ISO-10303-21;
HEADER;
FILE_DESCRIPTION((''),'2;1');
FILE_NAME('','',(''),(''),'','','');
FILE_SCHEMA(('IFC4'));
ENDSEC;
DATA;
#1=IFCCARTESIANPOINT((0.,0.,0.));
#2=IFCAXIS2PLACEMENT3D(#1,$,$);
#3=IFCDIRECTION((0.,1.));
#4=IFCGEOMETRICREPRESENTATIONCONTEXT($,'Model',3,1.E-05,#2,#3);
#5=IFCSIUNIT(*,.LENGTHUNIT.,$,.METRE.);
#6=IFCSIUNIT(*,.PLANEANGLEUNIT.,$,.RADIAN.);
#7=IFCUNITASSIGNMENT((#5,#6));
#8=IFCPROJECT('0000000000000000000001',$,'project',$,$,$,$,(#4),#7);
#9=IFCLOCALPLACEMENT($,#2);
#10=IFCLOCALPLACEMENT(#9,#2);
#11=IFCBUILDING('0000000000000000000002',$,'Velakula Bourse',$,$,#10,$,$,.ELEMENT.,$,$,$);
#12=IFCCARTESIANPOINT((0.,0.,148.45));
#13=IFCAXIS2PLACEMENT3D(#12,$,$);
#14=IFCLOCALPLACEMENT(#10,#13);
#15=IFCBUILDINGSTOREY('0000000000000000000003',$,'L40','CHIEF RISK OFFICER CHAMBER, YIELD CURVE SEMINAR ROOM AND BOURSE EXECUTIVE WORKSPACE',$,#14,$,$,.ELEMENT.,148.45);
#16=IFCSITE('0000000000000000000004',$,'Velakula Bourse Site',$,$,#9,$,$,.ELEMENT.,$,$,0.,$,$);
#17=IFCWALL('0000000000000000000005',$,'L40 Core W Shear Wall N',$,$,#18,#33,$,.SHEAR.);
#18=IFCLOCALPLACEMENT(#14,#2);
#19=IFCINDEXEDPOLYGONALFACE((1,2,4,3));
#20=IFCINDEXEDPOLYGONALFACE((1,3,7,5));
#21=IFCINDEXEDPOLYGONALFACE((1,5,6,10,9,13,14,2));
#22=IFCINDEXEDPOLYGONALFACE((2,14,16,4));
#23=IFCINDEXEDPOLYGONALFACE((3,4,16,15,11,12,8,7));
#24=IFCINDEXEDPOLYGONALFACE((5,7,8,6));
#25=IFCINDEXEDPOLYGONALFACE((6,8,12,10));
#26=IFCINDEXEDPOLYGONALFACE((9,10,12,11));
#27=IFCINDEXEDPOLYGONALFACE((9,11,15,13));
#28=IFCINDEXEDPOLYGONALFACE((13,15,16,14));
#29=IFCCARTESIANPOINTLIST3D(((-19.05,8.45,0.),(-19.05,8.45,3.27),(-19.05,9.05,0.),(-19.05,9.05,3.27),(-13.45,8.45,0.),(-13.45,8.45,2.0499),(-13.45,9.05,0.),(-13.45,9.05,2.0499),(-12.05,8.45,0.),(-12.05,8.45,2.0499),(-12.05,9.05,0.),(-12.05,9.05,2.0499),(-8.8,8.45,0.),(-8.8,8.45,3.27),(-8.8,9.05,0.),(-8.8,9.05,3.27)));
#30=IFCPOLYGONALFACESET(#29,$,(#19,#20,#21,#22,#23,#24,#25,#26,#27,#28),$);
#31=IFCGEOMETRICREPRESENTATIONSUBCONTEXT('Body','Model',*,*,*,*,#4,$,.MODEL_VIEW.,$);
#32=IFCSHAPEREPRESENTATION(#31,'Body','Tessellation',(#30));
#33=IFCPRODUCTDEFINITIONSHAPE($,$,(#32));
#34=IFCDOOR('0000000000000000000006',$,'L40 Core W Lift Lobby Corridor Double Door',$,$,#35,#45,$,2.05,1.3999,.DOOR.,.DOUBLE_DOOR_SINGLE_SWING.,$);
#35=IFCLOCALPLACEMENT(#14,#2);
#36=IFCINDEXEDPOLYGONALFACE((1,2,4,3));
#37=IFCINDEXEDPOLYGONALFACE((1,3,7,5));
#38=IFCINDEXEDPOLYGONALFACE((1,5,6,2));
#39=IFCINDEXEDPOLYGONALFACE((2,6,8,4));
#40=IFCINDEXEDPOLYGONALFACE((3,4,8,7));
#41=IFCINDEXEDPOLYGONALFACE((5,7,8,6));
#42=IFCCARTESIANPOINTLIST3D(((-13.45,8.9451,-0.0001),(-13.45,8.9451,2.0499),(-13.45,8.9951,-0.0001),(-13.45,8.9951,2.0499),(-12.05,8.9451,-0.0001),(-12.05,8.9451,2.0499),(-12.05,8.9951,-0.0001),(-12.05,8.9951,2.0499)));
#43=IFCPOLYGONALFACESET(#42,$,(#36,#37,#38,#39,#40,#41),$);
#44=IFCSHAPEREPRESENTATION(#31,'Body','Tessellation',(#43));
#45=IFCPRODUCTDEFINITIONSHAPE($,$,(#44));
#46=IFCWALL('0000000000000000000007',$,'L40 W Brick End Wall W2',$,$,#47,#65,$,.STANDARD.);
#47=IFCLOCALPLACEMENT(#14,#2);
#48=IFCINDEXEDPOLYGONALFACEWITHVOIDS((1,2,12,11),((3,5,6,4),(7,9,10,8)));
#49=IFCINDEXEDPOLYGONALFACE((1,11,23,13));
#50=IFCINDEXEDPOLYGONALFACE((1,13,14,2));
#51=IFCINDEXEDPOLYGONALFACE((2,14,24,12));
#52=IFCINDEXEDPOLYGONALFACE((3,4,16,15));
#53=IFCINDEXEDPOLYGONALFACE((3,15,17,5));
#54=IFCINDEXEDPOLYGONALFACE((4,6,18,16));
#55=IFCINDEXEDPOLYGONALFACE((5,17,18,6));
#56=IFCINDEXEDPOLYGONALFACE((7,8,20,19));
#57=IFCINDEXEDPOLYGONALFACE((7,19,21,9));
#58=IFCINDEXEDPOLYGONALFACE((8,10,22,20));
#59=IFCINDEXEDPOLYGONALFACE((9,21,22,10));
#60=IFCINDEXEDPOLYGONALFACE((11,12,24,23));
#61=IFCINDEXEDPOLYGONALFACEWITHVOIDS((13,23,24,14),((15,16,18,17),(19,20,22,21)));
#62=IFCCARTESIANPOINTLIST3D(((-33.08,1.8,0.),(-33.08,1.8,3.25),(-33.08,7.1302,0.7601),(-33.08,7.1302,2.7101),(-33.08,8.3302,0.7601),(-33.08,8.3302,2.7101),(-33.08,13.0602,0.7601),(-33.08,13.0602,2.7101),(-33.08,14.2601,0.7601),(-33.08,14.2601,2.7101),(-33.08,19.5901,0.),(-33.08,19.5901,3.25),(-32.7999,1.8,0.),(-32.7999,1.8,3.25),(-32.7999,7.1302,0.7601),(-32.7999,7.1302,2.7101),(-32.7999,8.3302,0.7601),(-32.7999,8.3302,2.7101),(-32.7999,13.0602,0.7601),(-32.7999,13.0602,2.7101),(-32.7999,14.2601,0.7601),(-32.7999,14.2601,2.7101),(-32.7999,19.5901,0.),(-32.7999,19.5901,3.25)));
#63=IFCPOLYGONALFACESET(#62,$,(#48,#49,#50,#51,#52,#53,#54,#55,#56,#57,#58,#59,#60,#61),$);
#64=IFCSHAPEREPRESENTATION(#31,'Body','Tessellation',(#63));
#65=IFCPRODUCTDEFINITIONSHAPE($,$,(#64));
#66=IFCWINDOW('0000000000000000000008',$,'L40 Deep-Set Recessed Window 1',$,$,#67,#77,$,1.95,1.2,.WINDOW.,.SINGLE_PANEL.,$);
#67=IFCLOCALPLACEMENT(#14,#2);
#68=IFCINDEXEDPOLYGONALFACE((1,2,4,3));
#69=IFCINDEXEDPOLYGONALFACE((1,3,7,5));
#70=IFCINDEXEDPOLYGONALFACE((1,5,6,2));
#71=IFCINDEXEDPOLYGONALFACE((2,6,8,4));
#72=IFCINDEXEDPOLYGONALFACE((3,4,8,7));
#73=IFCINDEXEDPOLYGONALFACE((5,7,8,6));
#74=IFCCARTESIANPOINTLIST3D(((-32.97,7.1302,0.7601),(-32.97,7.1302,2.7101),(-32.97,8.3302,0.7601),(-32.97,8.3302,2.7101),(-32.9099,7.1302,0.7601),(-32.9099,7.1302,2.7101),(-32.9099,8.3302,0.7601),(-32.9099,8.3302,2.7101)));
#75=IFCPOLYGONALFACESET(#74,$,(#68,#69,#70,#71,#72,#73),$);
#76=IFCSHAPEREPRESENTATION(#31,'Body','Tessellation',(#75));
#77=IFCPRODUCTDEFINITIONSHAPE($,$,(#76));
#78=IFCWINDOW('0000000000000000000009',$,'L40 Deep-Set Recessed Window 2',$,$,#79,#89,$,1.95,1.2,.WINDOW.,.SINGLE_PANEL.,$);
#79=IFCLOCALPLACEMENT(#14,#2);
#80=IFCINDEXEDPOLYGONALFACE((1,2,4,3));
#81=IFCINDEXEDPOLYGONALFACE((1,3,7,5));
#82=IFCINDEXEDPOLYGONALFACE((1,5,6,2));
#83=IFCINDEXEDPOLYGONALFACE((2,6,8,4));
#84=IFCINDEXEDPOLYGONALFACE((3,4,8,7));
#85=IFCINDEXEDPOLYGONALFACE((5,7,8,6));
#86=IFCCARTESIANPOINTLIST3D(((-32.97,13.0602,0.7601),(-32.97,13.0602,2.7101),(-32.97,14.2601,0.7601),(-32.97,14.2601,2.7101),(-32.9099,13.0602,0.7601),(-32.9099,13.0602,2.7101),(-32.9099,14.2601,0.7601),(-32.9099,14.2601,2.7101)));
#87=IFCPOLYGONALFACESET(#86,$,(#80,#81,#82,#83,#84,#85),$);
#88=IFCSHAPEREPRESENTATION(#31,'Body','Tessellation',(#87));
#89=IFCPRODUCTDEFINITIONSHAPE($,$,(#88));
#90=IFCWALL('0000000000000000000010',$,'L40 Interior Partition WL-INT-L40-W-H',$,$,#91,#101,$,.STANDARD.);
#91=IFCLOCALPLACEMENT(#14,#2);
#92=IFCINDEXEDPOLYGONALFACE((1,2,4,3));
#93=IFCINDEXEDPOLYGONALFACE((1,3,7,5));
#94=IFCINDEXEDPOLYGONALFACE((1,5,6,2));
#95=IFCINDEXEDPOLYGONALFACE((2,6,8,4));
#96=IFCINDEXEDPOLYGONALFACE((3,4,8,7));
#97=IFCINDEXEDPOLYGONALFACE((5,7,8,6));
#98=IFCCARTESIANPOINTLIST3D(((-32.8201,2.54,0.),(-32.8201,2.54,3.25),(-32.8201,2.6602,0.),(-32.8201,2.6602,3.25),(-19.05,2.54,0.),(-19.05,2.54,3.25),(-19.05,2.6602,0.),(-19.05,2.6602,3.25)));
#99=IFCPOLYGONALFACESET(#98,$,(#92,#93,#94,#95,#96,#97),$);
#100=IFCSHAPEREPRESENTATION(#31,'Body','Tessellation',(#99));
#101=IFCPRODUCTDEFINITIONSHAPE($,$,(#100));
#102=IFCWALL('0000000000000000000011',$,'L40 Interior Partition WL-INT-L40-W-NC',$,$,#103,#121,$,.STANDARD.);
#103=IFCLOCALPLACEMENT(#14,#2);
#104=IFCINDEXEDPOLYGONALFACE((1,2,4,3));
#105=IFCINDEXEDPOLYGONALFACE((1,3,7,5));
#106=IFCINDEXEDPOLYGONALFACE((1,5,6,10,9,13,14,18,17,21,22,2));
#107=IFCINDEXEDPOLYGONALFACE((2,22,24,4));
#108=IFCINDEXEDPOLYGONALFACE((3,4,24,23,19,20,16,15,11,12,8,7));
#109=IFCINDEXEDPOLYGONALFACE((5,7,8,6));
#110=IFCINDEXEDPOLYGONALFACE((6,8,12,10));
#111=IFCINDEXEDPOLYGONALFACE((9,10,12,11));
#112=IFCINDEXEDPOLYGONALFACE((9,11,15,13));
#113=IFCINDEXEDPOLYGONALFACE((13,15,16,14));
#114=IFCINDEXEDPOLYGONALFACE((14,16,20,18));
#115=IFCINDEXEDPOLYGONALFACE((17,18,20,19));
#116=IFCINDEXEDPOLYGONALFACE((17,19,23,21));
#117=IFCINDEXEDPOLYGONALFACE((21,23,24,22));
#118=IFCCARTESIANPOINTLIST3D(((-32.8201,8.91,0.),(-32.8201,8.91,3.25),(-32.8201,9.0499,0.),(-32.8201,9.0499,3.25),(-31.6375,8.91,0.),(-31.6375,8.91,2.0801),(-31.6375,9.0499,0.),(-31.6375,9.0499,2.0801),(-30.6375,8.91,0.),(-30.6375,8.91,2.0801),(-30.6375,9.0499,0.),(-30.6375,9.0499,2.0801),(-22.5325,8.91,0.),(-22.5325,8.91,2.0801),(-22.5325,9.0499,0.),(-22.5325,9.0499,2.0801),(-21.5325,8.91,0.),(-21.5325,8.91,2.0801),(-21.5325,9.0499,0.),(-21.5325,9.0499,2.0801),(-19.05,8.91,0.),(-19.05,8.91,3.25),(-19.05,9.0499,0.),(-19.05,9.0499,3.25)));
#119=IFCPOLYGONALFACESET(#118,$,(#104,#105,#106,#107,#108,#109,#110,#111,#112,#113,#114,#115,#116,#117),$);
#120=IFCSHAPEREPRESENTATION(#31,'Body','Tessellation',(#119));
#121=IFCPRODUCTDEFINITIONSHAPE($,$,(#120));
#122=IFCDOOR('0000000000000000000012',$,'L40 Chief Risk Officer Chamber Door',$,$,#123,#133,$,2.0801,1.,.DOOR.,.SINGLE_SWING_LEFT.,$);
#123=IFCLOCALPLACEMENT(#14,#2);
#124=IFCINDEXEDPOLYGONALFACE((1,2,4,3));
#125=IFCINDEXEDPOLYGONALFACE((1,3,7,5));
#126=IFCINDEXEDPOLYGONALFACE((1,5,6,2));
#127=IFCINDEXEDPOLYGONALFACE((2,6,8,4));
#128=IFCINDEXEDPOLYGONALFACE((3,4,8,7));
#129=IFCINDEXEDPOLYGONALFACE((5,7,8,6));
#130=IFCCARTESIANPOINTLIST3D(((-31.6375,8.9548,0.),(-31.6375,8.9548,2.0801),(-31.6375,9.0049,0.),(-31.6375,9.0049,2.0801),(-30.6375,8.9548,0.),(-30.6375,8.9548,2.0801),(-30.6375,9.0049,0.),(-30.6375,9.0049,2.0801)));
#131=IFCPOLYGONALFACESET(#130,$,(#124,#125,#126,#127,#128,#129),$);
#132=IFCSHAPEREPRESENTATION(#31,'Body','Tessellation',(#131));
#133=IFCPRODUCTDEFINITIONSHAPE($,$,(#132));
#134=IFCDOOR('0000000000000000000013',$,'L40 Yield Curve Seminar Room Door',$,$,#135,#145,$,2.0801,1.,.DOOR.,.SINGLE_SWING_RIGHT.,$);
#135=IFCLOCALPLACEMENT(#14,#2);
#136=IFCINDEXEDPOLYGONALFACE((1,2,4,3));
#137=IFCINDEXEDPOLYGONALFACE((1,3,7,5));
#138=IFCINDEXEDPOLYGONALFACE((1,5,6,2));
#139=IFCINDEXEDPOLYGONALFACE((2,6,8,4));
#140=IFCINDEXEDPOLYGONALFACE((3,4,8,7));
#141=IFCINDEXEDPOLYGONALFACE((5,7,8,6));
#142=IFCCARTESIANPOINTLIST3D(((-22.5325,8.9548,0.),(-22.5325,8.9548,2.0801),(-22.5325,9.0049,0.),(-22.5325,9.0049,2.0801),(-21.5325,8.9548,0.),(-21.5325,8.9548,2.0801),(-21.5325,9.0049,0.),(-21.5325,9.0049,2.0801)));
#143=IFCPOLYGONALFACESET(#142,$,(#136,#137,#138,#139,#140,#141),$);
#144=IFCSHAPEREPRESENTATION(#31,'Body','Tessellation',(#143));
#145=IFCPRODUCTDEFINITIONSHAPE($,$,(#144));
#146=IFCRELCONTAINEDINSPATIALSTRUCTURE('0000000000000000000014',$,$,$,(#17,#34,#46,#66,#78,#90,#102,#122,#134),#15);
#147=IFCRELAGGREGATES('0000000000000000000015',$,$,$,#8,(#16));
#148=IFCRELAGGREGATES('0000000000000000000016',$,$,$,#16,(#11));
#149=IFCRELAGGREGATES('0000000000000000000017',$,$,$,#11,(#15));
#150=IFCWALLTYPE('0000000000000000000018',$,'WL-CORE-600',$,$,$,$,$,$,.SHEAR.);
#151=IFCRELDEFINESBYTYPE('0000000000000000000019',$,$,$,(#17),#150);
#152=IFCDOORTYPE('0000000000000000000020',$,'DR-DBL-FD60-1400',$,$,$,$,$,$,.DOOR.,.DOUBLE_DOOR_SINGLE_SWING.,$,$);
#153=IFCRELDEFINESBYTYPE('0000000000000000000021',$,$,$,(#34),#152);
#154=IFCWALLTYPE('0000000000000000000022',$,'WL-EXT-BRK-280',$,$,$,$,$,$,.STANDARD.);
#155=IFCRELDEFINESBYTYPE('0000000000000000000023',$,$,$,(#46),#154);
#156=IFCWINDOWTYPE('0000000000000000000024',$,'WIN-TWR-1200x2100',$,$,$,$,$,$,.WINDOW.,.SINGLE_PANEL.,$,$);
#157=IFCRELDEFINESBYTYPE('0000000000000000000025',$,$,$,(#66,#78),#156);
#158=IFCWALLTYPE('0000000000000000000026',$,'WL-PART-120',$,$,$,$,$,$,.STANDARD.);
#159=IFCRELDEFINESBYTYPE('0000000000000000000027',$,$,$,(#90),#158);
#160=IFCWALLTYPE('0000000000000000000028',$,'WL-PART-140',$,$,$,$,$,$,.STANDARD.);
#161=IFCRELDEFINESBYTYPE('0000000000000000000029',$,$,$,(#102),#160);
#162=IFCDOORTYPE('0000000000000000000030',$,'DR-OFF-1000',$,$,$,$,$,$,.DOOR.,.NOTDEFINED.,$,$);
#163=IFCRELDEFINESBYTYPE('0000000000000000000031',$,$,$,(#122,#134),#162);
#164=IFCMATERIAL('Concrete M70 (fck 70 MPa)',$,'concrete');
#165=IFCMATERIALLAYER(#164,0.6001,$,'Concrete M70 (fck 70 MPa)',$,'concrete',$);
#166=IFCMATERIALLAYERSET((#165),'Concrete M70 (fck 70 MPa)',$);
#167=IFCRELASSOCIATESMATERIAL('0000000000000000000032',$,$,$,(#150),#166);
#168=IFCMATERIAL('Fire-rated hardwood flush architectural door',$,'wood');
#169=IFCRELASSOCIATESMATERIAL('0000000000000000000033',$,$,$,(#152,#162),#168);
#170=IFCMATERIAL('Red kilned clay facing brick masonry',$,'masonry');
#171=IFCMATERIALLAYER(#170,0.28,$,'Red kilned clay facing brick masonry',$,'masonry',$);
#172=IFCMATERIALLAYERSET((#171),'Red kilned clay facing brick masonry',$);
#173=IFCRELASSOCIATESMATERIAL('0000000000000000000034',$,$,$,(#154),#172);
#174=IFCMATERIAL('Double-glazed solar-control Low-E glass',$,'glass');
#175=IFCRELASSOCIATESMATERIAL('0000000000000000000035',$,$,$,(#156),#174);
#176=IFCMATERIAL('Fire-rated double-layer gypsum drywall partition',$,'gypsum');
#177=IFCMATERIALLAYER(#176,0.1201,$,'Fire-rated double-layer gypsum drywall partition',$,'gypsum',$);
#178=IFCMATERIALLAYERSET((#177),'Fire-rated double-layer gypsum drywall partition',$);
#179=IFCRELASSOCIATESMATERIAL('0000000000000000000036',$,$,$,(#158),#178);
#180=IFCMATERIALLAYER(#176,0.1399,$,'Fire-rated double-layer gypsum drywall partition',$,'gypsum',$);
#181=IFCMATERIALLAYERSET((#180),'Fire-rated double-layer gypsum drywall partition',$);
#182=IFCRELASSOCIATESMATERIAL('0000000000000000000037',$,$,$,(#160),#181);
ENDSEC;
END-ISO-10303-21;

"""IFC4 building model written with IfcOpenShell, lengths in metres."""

from ifc_helpers import new_model, si_unit, direction, frame, frame_2d, origin, place, context, subcontext, project, spatial, rectangle, extrude, material, layer, layer_set, type_object, element, fill, save


model = new_model("IFC4")

# Units and contexts
model_context = context("Model", 3, precision=1e-05, world=origin(), true_north=direction((0.0, 1.0)))
body_context = subcontext(model_context, "Body", "Model", "MODEL_VIEW")
ifc_project = project(units=[si_unit("LENGTHUNIT", "METRE"), si_unit("PLANEANGLEUNIT", "RADIAN")], contexts=[model_context])

# Site, building, storey
site_placement = place(None, origin())
site = spatial("IfcSite", under=ifc_project, at=site_placement, Name="Velakula Bourse Site", CompositionType="ELEMENT", RefElevation=0.0)
building_placement = place(site_placement, origin())
building = spatial("IfcBuilding", under=site, at=building_placement, Name="Velakula Bourse", CompositionType="ELEMENT")
storey_placement = place(building_placement, frame((0.0, 0.0, 148.45)))
storey = spatial("IfcBuildingStorey", under=building, at=storey_placement, Name="L40", Description="CHIEF RISK OFFICER CHAMBER, YIELD CURVE SEMINAR ROOM AND BOURSE EXECUTIVE WORKSPACE", CompositionType="ELEMENT", Elevation=148.45)

# Shared definitions
ifc_material_1 = material(Name="Concrete M70 (fck 70 MPa)", Category="concrete")

# Wall, opening, door
ifc_layer_1 = layer(ifc_material_1, 0.6001, Name="Concrete M70 (fck 70 MPa)", Category="concrete")
ifc_layer_set_1 = layer_set([ifc_layer_1], Name="Concrete M70 (fck 70 MPa)")
wall_type_1 = type_object("IfcWallType", Name="WL-CORE-600", PredefinedType="SHEAR", material=ifc_layer_set_1)
wall_1_placement = place(storey_placement, frame((-19.05, 8.75, 0.0), z_axis=(0.0, 0.0, 1.0), x_axis=(1.0, 0.0, 0.0)))
wall_1 = element("IfcWall", 1, at=wall_1_placement, inside=storey, type_object=wall_type_1, Name="L40 Core W Shear Wall N", PredefinedType="SHEAR", context=body_context, shape_type="SweptSolid", body=[
    extrude(rectangle(XDim=10.25, YDim=0.6001, at=frame_2d((5.125, 0.0))), origin(), (0.0, 0.0, 1.0), 3.27),
])
opening_1_placement = place(wall_1_placement, frame((5.6001, 0.0, 0.0)))
opening_1 = element("IfcOpeningElement", 2, at=opening_1_placement, cuts=wall_1, PredefinedType="OPENING", context=body_context, shape_type="SweptSolid", body=[
    extrude(rectangle(XDim=1.3999, YDim=2.05, at=frame_2d((0.7, 1.0249))), frame((0.0, 0.3101, 0.0), z_axis=(0.0, -1.0, 0.0), x_axis=(1.0, 0.0, 0.0)), (0.0, 0.0, 1.0), 0.6201),
])
ifc_material_2 = material(Name="Fire-rated hardwood flush architectural door", Category="wood")
door_type_1 = type_object("IfcDoorType", Name="DR-DBL-FD60-1400", OperationType="DOUBLE_DOOR_SINGLE_SWING", PredefinedType="DOOR", material=ifc_material_2)
door_1_placement = place(opening_1_placement, origin())
door_1 = element("IfcDoor", 3, at=door_1_placement, inside=storey, type_object=door_type_1, Name="L40 Core W Lift Lobby Corridor Double Door", OperationType="DOUBLE_DOOR_SINGLE_SWING", OverallHeight=2.05, OverallWidth=1.3999, PredefinedType="DOOR", context=body_context, shape_type="SweptSolid", body=[
    extrude(rectangle(XDim=1.3999, YDim=2.05, at=frame_2d((0.7, 1.0249))), frame((0.0, 0.2451, 0.0), z_axis=(0.0, -1.0, 0.0), x_axis=(1.0, 0.0, 0.0)), (0.0, 0.0, 1.0), 0.05),
])
fill(opening_1, door_1)

# Wall, openings, windows
ifc_material_3 = material(Name="Red kilned clay facing brick masonry", Category="masonry")
ifc_layer_2 = layer(ifc_material_3, 0.28, Name="Red kilned clay facing brick masonry", Category="masonry")
ifc_layer_set_2 = layer_set([ifc_layer_2], Name="Red kilned clay facing brick masonry")
wall_type_2 = type_object("IfcWallType", Name="WL-EXT-BRK-280", PredefinedType="STANDARD", material=ifc_layer_set_2)
wall_2_placement = place(storey_placement, frame((-32.9399, 1.8, 0.0), z_axis=(0.0, 0.0, 1.0), x_axis=(0.0, 1.0, 0.0)))
wall_2 = element("IfcWall", 4, at=wall_2_placement, inside=storey, type_object=wall_type_2, Name="L40 W Brick End Wall W2", PredefinedType="STANDARD", context=body_context, shape_type="SweptSolid", body=[
    extrude(rectangle(XDim=17.79, YDim=0.28, at=frame_2d((8.895, 0.0))), origin(), (0.0, 0.0, 1.0), 3.25),
])
opening_2_placement = place(wall_2_placement, frame((5.3301, 0.0, 0.76)))
opening_2 = element("IfcOpeningElement", 5, at=opening_2_placement, cuts=wall_2, PredefinedType="OPENING", context=body_context, shape_type="SweptSolid", body=[
    extrude(rectangle(XDim=1.2, YDim=1.95, at=frame_2d((0.6001, 0.9751))), frame((0.0, 0.1499, 0.0), z_axis=(0.0, -1.0, 0.0), x_axis=(1.0, 0.0, 0.0)), (0.0, 0.0, 1.0), 0.3),
])
opening_3_placement = place(wall_2_placement, frame((11.26, 0.0, 0.76)))
opening_3 = element("IfcOpeningElement", 6, at=opening_3_placement, cuts=wall_2, PredefinedType="OPENING", context=body_context, shape_type="SweptSolid", body=[
    extrude(rectangle(XDim=1.2, YDim=1.95, at=frame_2d((0.6001, 0.9751))), frame((0.0, 0.1499, 0.0), z_axis=(0.0, -1.0, 0.0), x_axis=(1.0, 0.0, 0.0)), (0.0, 0.0, 1.0), 0.3),
])
ifc_material_4 = material(Name="Double-glazed solar-control Low-E glass", Category="glass")
window_type = type_object("IfcWindowType", Name="WIN-TWR-1200x2100", PartitioningType="SINGLE_PANEL", PredefinedType="WINDOW", material=ifc_material_4)
window_1_placement = place(opening_2_placement, origin())
window_1 = element("IfcWindow", 7, at=window_1_placement, inside=storey, type_object=window_type, Name="L40 Deep-Set Recessed Window 1", OverallHeight=1.95, OverallWidth=1.2, PartitioningType="SINGLE_PANEL", PredefinedType="WINDOW", context=body_context, shape_type="SweptSolid", body=[
    extrude(rectangle(XDim=1.2, YDim=1.95, at=frame_2d((0.6001, 0.9751))), frame((0.0, 0.03, 0.0), z_axis=(0.0, -1.0, 0.0), x_axis=(1.0, 0.0, 0.0)), (0.0, 0.0, 1.0), 0.0601),
])
fill(opening_2, window_1)
window_2_placement = place(opening_3_placement, origin())
window_2 = element("IfcWindow", 8, at=window_2_placement, inside=storey, type_object=window_type, Name="L40 Deep-Set Recessed Window 2", OverallHeight=1.95, OverallWidth=1.2, PartitioningType="SINGLE_PANEL", PredefinedType="WINDOW", context=body_context, shape_type="SweptSolid", body=[
    extrude(rectangle(XDim=1.2, YDim=1.95, at=frame_2d((0.6001, 0.9751))), frame((0.0, 0.03, 0.0), z_axis=(0.0, -1.0, 0.0), x_axis=(1.0, 0.0, 0.0)), (0.0, 0.0, 1.0), 0.0601),
])
fill(opening_3, window_2)

# Wall
ifc_material_5 = material(Name="Fire-rated double-layer gypsum drywall partition", Category="gypsum")
ifc_layer_3 = layer(ifc_material_5, 0.1201, Name="Fire-rated double-layer gypsum drywall partition", Category="gypsum")
ifc_layer_set_3 = layer_set([ifc_layer_3], Name="Fire-rated double-layer gypsum drywall partition")
wall_type_3 = type_object("IfcWallType", Name="WL-PART-120", PredefinedType="STANDARD", material=ifc_layer_set_3)
wall_3_placement = place(storey_placement, frame((-32.8201, 2.6001, 0.0), z_axis=(0.0, 0.0, 1.0), x_axis=(1.0, 0.0, 0.0)))
element("IfcWall", 9, at=wall_3_placement, inside=storey, type_object=wall_type_3, Name="L40 Interior Partition WL-INT-L40-W-H", PredefinedType="STANDARD", context=body_context, shape_type="SweptSolid", body=[
    extrude(rectangle(XDim=13.77, YDim=0.1201, at=frame_2d((6.885, 0.0))), origin(), (0.0, 0.0, 1.0), 3.25),
])

# Wall, openings, doors
ifc_layer_4 = layer(ifc_material_5, 0.1399, Name="Fire-rated double-layer gypsum drywall partition", Category="gypsum")
ifc_layer_set_4 = layer_set([ifc_layer_4], Name="Fire-rated double-layer gypsum drywall partition")
wall_type_4 = type_object("IfcWallType", Name="WL-PART-140", PredefinedType="STANDARD", material=ifc_layer_set_4)
wall_4_placement = place(storey_placement, frame((-32.8201, 8.98, 0.0), z_axis=(0.0, 0.0, 1.0), x_axis=(1.0, 0.0, 0.0)))
wall_4 = element("IfcWall", 10, at=wall_4_placement, inside=storey, type_object=wall_type_4, Name="L40 Interior Partition WL-INT-L40-W-NC", PredefinedType="STANDARD", context=body_context, shape_type="SweptSolid", body=[
    extrude(rectangle(XDim=13.77, YDim=0.1399, at=frame_2d((6.885, 0.0))), origin(), (0.0, 0.0, 1.0), 3.25),
])
opening_4_placement = place(wall_4_placement, frame((1.1826, 0.0, 0.0)))
opening_4 = element("IfcOpeningElement", 11, at=opening_4_placement, cuts=wall_4, PredefinedType="OPENING", context=body_context, shape_type="SweptSolid", body=[
    extrude(rectangle(XDim=1.0, YDim=2.0801, at=frame_2d((0.5, 1.04))), frame((0.0, 0.0798, 0.0), z_axis=(0.0, -1.0, 0.0), x_axis=(1.0, 0.0, 0.0)), (0.0, 0.0, 1.0), 0.1599),
])
opening_5_placement = place(wall_4_placement, frame((10.2876, 0.0, 0.0)))
opening_5 = element("IfcOpeningElement", 12, at=opening_5_placement, cuts=wall_4, PredefinedType="OPENING", context=body_context, shape_type="SweptSolid", body=[
    extrude(rectangle(XDim=1.0, YDim=2.0801, at=frame_2d((0.5, 1.04))), frame((0.0, 0.0798, 0.0), z_axis=(0.0, -1.0, 0.0), x_axis=(1.0, 0.0, 0.0)), (0.0, 0.0, 1.0), 0.1599),
])
door_type_2 = type_object("IfcDoorType", Name="DR-OFF-1000", OperationType="NOTDEFINED", PredefinedType="DOOR", material=ifc_material_2)
door_2_placement = place(opening_4_placement, origin())
door_2 = element("IfcDoor", 13, at=door_2_placement, inside=storey, type_object=door_type_2, Name="L40 Chief Risk Officer Chamber Door", OperationType="SINGLE_SWING_LEFT", OverallHeight=2.0801, OverallWidth=1.0, PredefinedType="DOOR", context=body_context, shape_type="SweptSolid", body=[
    extrude(rectangle(XDim=1.0, YDim=2.0801, at=frame_2d((0.5, 1.04))), frame((0.0, 0.0249, 0.0), z_axis=(0.0, -1.0, 0.0), x_axis=(1.0, 0.0, 0.0)), (0.0, 0.0, 1.0), 0.05),
])
fill(opening_4, door_2)
door_3_placement = place(opening_5_placement, origin())
door_3 = element("IfcDoor", 14, at=door_3_placement, inside=storey, type_object=door_type_2, Name="L40 Yield Curve Seminar Room Door", OperationType="SINGLE_SWING_RIGHT", OverallHeight=2.0801, OverallWidth=1.0, PredefinedType="DOOR", context=body_context, shape_type="SweptSolid", body=[
    extrude(rectangle(XDim=1.0, YDim=2.0801, at=frame_2d((0.5, 1.04))), frame((0.0, 0.0249, 0.0), z_axis=(0.0, -1.0, 0.0), x_axis=(1.0, 0.0, 0.0)), (0.0, 0.0, 1.0), 0.05),
])
fill(opening_5, door_3)

save(model, "model.ifc")
